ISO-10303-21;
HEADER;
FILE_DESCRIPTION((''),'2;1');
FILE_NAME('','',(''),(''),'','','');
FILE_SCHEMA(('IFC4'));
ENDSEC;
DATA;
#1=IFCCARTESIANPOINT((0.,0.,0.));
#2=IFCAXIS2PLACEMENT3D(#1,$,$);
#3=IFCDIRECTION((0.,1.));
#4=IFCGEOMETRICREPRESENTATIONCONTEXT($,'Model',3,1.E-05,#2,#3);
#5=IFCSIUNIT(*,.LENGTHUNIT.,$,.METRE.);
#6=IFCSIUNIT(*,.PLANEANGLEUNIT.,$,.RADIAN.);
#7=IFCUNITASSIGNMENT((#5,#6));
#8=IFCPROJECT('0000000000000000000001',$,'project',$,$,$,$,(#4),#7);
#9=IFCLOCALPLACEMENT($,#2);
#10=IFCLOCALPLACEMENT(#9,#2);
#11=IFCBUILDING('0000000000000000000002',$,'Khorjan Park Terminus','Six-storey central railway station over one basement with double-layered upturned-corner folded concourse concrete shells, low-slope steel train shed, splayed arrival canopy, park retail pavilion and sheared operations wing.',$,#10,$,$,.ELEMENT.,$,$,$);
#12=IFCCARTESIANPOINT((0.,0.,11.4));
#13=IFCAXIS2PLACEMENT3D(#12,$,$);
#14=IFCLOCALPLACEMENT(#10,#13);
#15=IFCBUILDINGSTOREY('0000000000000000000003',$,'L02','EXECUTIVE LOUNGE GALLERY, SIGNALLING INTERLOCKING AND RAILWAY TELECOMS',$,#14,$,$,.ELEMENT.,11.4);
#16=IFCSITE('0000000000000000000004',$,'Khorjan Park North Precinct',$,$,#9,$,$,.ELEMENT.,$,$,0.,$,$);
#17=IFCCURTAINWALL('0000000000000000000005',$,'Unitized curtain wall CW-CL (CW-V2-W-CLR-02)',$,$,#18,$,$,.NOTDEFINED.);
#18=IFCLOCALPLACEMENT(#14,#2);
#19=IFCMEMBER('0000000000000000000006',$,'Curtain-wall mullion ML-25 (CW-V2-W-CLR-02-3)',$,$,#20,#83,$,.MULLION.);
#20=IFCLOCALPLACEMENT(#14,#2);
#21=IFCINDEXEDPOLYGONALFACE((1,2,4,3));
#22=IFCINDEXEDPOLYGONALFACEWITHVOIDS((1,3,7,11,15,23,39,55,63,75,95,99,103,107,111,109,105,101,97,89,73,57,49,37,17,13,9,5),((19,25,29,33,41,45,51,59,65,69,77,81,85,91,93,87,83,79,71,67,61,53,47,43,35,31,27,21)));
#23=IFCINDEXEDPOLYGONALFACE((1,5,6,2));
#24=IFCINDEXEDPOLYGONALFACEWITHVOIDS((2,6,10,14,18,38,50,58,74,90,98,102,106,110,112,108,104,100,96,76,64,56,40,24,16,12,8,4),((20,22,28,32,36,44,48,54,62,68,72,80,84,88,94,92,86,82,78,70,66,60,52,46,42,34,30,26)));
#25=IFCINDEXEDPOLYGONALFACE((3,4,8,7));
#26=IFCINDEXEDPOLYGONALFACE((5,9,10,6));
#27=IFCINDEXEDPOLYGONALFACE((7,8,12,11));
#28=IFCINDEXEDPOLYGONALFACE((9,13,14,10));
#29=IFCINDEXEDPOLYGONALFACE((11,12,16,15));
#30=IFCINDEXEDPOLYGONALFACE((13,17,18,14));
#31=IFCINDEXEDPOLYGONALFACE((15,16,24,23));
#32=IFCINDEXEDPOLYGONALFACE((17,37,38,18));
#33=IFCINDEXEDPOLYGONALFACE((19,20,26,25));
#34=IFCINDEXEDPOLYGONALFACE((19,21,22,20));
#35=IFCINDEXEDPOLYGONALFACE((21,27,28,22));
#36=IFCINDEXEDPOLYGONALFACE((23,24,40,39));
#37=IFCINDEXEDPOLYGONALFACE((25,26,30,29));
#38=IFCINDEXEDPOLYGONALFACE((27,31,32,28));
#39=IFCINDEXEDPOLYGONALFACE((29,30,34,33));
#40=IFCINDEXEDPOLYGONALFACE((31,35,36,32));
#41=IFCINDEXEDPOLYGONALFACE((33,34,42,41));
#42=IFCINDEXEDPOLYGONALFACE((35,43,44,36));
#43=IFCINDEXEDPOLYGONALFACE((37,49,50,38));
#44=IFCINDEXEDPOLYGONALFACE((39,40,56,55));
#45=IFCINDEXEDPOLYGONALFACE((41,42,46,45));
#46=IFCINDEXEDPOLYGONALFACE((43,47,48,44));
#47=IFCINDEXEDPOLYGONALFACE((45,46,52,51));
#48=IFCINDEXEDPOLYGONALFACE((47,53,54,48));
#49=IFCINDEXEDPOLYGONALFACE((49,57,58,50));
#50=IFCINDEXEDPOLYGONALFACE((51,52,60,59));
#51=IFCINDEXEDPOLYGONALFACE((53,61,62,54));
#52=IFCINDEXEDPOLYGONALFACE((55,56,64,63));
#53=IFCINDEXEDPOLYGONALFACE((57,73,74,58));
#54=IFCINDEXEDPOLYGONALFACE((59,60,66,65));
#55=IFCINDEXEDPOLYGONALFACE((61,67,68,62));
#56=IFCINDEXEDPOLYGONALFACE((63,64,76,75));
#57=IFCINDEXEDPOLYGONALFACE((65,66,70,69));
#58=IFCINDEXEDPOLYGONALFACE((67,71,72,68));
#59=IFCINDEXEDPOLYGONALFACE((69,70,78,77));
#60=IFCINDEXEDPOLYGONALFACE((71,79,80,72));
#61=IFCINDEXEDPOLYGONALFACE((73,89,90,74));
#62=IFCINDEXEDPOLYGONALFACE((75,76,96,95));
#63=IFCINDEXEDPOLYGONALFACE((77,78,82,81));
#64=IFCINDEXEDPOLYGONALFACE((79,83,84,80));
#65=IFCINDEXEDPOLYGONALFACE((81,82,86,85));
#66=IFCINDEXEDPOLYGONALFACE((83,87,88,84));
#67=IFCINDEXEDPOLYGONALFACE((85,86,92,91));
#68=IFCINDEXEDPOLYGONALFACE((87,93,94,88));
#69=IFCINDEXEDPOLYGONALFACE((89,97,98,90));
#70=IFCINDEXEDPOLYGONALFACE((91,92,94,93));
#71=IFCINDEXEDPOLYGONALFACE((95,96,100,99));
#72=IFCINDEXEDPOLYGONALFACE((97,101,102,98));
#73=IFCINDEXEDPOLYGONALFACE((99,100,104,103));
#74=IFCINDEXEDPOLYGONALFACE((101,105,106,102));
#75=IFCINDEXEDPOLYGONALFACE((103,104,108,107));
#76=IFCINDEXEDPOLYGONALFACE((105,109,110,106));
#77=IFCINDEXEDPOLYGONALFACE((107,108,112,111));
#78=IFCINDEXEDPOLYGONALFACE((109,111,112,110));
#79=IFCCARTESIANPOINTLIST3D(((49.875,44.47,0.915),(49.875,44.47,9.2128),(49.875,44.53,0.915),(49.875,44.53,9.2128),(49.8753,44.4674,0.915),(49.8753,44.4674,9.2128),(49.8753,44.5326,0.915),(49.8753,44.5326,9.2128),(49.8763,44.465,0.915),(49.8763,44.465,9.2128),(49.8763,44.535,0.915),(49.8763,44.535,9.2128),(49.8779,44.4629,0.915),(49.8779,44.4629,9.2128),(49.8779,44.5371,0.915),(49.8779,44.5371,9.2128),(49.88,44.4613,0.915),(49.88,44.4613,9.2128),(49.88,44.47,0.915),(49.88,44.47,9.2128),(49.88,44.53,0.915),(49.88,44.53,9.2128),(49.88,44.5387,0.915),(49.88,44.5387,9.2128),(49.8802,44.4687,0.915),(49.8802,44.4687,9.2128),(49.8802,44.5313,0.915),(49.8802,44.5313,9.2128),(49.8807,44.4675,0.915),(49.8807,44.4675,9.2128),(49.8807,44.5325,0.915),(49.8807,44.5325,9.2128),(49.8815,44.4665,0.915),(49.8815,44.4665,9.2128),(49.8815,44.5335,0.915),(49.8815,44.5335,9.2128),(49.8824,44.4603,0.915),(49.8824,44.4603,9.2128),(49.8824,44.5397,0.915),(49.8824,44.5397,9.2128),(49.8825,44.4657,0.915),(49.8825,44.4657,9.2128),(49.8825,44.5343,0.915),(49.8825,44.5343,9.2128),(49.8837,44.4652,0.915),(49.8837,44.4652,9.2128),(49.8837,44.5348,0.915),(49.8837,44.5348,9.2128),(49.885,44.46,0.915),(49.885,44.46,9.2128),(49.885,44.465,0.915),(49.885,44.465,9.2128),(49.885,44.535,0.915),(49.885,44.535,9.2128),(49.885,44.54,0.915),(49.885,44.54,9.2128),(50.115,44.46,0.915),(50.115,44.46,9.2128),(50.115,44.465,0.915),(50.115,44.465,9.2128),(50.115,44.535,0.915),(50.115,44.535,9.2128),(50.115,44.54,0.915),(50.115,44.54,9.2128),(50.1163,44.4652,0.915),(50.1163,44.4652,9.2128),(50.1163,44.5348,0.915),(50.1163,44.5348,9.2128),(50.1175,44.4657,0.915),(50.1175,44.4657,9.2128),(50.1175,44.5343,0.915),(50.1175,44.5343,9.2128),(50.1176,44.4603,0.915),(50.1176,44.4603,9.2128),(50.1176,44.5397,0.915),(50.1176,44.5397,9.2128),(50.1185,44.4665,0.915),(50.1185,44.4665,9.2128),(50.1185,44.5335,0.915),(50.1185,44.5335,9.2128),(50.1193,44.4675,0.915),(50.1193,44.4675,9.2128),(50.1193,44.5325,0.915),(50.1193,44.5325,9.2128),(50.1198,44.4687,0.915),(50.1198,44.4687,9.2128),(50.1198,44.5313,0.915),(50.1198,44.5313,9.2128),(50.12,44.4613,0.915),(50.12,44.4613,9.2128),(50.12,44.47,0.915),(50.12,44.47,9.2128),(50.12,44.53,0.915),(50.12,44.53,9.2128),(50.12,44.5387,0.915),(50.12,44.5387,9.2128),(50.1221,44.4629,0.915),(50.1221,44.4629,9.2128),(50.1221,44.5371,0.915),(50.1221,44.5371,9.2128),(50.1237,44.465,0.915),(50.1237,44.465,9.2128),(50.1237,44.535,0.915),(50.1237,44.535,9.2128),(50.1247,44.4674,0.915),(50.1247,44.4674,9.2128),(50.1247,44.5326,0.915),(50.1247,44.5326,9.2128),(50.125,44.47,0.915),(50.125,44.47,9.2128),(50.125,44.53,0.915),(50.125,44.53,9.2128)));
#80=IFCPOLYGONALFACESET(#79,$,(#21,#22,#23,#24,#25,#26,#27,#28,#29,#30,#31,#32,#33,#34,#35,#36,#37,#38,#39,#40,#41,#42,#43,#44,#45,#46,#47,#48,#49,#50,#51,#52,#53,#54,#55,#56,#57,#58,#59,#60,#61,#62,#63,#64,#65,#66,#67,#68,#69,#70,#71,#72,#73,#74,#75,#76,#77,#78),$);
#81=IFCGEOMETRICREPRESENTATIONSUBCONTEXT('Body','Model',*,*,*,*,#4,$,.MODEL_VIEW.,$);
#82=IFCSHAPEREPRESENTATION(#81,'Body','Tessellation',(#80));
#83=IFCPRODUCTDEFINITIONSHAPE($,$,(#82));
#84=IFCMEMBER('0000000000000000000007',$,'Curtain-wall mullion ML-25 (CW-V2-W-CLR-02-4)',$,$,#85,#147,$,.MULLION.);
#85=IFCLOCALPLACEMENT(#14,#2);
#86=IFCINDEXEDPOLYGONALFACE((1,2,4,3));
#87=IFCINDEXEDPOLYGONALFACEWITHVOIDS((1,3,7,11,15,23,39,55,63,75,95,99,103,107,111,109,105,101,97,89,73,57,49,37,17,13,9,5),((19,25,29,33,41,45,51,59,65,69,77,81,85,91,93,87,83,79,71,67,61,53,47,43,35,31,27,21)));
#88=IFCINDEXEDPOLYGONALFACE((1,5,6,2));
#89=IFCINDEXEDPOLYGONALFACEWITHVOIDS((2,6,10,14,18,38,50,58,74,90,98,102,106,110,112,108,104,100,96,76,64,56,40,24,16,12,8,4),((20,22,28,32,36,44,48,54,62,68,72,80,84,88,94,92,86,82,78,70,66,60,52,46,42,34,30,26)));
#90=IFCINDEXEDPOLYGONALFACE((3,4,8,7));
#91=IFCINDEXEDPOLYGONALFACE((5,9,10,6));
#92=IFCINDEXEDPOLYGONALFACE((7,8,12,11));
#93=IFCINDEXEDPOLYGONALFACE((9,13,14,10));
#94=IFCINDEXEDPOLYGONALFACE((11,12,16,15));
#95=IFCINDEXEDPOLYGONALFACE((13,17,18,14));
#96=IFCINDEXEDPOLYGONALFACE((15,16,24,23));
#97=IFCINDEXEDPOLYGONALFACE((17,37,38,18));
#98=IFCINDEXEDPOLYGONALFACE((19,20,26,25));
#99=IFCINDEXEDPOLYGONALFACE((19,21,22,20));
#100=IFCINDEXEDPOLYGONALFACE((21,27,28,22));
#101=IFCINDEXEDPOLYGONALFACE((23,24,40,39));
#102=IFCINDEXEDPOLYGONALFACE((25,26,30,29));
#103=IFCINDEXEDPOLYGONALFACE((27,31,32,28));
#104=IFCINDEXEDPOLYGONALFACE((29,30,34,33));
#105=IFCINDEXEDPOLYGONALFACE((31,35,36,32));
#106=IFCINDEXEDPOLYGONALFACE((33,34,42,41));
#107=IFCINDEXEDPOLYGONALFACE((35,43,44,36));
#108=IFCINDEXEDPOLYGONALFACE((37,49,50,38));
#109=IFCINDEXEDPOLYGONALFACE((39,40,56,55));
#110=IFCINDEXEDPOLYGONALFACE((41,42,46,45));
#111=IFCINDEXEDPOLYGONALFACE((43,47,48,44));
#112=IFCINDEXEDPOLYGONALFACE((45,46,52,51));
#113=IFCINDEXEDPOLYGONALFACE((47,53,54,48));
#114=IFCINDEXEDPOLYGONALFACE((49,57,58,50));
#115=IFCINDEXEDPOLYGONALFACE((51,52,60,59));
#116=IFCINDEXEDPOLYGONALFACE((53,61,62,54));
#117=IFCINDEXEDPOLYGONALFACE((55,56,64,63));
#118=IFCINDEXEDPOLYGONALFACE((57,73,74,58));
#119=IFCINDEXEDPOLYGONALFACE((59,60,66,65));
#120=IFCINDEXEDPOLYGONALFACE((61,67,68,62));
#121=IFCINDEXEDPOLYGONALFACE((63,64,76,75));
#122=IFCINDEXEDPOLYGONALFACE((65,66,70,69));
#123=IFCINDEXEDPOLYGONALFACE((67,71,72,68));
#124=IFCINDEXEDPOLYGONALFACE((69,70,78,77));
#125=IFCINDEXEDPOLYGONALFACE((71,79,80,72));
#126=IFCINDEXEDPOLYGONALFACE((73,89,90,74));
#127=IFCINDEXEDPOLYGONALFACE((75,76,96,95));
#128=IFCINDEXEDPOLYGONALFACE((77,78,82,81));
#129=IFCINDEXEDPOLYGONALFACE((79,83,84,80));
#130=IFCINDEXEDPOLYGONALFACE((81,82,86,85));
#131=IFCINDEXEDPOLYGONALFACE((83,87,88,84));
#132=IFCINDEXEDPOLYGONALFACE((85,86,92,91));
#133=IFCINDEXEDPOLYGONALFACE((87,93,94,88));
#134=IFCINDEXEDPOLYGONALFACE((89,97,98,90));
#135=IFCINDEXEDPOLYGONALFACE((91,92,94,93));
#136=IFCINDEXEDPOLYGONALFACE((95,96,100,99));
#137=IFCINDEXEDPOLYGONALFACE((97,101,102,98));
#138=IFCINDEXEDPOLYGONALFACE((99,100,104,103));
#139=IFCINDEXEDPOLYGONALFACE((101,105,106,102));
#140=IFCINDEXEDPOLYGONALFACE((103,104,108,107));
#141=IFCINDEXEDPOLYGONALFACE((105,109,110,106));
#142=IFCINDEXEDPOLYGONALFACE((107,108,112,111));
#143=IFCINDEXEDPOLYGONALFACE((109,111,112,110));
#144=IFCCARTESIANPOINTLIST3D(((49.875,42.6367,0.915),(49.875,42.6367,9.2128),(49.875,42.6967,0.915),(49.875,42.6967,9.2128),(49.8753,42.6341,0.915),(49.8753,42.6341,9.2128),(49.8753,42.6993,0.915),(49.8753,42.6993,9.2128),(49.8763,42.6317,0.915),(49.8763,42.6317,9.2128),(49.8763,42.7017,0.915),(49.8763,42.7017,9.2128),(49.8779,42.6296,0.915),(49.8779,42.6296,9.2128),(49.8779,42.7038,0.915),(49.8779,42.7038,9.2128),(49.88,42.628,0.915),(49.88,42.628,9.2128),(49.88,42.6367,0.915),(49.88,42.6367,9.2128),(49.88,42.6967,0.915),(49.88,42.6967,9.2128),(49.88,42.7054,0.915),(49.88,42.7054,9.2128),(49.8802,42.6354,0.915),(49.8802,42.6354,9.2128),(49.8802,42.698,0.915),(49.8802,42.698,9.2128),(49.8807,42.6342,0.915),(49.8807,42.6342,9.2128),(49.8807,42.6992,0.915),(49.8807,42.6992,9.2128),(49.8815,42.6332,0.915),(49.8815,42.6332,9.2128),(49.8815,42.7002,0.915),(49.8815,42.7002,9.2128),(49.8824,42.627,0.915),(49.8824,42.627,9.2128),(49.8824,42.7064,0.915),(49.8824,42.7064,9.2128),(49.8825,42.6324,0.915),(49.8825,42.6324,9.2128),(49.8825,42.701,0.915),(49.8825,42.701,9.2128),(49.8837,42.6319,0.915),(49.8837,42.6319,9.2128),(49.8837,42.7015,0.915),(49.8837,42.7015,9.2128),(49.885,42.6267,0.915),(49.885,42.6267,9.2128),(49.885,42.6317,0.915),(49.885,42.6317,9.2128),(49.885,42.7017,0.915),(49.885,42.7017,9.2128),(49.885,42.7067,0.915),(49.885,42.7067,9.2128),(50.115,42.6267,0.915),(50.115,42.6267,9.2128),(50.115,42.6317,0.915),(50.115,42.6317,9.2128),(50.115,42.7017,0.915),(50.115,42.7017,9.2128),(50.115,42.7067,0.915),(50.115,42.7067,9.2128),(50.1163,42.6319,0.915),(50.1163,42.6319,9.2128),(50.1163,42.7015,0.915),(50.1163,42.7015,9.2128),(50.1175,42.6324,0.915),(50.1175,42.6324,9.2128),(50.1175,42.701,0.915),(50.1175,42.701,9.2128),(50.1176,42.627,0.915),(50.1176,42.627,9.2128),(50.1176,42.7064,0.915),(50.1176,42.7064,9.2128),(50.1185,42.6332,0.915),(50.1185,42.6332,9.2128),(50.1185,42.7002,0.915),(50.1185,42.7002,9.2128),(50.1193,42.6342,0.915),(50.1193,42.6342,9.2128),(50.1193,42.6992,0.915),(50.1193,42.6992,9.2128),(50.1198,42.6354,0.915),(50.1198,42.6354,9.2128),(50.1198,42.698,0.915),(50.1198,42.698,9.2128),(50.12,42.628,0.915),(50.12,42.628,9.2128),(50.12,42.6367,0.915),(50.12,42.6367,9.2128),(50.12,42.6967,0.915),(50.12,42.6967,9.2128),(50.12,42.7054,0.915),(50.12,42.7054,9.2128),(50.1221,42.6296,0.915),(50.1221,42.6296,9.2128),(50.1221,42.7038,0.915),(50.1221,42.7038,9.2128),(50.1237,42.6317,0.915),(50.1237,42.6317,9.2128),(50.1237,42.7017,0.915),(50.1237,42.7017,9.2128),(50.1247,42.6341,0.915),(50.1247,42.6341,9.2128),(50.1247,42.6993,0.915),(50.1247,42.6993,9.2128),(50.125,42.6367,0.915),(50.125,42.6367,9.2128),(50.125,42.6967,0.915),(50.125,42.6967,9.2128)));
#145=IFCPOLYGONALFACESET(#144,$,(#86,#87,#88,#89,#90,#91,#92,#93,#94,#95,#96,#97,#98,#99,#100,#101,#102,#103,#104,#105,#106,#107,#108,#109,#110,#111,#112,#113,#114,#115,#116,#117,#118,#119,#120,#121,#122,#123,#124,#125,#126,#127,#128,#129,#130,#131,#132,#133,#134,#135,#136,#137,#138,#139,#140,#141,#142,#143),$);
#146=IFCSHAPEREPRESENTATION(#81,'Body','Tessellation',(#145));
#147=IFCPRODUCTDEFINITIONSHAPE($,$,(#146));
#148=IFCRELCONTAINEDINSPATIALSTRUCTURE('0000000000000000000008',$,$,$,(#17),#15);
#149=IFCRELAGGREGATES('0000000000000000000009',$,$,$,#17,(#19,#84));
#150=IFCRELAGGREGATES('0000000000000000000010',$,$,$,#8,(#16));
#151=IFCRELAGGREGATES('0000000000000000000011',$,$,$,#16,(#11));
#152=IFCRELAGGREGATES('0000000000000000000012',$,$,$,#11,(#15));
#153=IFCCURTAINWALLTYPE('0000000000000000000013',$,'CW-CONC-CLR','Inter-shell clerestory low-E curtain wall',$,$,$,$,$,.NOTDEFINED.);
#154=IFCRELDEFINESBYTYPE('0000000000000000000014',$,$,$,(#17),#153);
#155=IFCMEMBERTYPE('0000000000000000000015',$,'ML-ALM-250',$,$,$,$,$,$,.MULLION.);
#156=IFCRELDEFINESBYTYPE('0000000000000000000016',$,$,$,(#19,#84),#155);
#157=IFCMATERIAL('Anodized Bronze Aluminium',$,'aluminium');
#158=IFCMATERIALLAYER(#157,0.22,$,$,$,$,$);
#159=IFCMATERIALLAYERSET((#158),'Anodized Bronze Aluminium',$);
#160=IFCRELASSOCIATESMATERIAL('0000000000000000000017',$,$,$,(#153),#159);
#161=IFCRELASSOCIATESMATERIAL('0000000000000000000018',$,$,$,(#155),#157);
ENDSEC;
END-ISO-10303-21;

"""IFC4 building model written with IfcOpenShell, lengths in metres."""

from ifc_helpers import new_model, si_unit, direction, frame, origin, origin_2d, place, context, subcontext, project, spatial, hollow_rectangle, extrude, material, layer, layer_set, material_profile, profile_set, type_object, element, aggregate, save


model = new_model("IFC4")

# Units and contexts
model_context = context("Model", 3, precision=1e-05, world=origin(), true_north=direction((0.0, 1.0)))
body_context = subcontext(model_context, "Body", "Model", "MODEL_VIEW")
ifc_project = project(units=[si_unit("LENGTHUNIT", "METRE"), si_unit("PLANEANGLEUNIT", "RADIAN")], contexts=[model_context])

# Site, building, storey
site_placement = place(None, origin())
site = spatial("IfcSite", under=ifc_project, at=site_placement, Name="Khorjan Park North Precinct", CompositionType="ELEMENT", RefElevation=0.0)
building_placement = place(site_placement, origin())
building = spatial("IfcBuilding", under=site, at=building_placement, Name="Khorjan Park Terminus", Description="Six-storey central railway station over one basement with double-layered upturned-corner folded concourse concrete shells, low-slope steel train shed, splayed arrival canopy, park retail pavilion and sheared operations wing.", CompositionType="ELEMENT")
storey_placement = place(building_placement, frame((0.0, 0.0, 11.4)))
storey = spatial("IfcBuildingStorey", under=building, at=storey_placement, Name="L02", Description="EXECUTIVE LOUNGE GALLERY, SIGNALLING INTERLOCKING AND RAILWAY TELECOMS", CompositionType="ELEMENT", Elevation=11.4)

# Curtain wall, members
ifc_material_1 = material(Name="Anodized Bronze Aluminium", Category="aluminium")
ifc_layer_1 = layer(ifc_material_1, 0.22)
ifc_layer_set_1 = layer_set([ifc_layer_1], Name="Anodized Bronze Aluminium")
curtain_wall_type = type_object("IfcCurtainWallType", Name="CW-CONC-CLR", Description="Inter-shell clerestory low-E curtain wall", PredefinedType="NOTDEFINED", material=ifc_layer_set_1)
curtain_wall_placement = place(storey_placement, origin())
curtain_wall = element("IfcCurtainWall", 1, at=curtain_wall_placement, inside=storey, type_object=curtain_wall_type, Name="Unitized curtain wall CW-CL (CW-V2-W-CLR-02)", PredefinedType="NOTDEFINED")
ifc_material_profile_1 = material_profile(ifc_material_1, hollow_rectangle(XDim=0.08, YDim=0.25, WallThickness=0.005, InnerFilletRadius=0.005, OuterFilletRadius=0.01, at=origin_2d()), Name="ALM 80x250x5")
ifc_profile_set_1 = profile_set([ifc_material_profile_1], Name="Anodized Bronze Aluminium")
member_type_1 = type_object("IfcMemberType", Name="ML-ALM-250", PredefinedType="MULLION", material=ifc_profile_set_1)
member_1_placement = place(storey_placement, frame((50.0, 44.5, 0.915), z_axis=(0.0, 0.0, 1.0), x_axis=(0.0, -1.0, 0.0)))
member_1 = element("IfcMember", 2, at=member_1_placement, type_object=member_type_1, Name="Curtain-wall mullion ML-25 (CW-V2-W-CLR-02-3)", PredefinedType="MULLION", context=body_context, shape_type="SweptSolid", body=[
    extrude(hollow_rectangle(XDim=0.08, YDim=0.25, WallThickness=0.005, InnerFilletRadius=0.005, OuterFilletRadius=0.01, at=origin_2d()), origin(), (0.0, 0.0, 1.0), 8.2978),
])
member_2_placement = place(storey_placement, frame((50.0, 42.6667, 0.915), z_axis=(0.0, 0.0, 1.0), x_axis=(0.0, -1.0, 0.0)))
member_2 = element("IfcMember", 3, at=member_2_placement, type_object=member_type_1, Name="Curtain-wall mullion ML-25 (CW-V2-W-CLR-02-4)", PredefinedType="MULLION", context=body_context, shape_type="SweptSolid", body=[
    extrude(hollow_rectangle(XDim=0.08, YDim=0.25, WallThickness=0.005, InnerFilletRadius=0.005, OuterFilletRadius=0.01, at=origin_2d()), origin(), (0.0, 0.0, 1.0), 8.2978),
])

aggregate(curtain_wall, [member_1, member_2])

save(model, "model.ifc")
